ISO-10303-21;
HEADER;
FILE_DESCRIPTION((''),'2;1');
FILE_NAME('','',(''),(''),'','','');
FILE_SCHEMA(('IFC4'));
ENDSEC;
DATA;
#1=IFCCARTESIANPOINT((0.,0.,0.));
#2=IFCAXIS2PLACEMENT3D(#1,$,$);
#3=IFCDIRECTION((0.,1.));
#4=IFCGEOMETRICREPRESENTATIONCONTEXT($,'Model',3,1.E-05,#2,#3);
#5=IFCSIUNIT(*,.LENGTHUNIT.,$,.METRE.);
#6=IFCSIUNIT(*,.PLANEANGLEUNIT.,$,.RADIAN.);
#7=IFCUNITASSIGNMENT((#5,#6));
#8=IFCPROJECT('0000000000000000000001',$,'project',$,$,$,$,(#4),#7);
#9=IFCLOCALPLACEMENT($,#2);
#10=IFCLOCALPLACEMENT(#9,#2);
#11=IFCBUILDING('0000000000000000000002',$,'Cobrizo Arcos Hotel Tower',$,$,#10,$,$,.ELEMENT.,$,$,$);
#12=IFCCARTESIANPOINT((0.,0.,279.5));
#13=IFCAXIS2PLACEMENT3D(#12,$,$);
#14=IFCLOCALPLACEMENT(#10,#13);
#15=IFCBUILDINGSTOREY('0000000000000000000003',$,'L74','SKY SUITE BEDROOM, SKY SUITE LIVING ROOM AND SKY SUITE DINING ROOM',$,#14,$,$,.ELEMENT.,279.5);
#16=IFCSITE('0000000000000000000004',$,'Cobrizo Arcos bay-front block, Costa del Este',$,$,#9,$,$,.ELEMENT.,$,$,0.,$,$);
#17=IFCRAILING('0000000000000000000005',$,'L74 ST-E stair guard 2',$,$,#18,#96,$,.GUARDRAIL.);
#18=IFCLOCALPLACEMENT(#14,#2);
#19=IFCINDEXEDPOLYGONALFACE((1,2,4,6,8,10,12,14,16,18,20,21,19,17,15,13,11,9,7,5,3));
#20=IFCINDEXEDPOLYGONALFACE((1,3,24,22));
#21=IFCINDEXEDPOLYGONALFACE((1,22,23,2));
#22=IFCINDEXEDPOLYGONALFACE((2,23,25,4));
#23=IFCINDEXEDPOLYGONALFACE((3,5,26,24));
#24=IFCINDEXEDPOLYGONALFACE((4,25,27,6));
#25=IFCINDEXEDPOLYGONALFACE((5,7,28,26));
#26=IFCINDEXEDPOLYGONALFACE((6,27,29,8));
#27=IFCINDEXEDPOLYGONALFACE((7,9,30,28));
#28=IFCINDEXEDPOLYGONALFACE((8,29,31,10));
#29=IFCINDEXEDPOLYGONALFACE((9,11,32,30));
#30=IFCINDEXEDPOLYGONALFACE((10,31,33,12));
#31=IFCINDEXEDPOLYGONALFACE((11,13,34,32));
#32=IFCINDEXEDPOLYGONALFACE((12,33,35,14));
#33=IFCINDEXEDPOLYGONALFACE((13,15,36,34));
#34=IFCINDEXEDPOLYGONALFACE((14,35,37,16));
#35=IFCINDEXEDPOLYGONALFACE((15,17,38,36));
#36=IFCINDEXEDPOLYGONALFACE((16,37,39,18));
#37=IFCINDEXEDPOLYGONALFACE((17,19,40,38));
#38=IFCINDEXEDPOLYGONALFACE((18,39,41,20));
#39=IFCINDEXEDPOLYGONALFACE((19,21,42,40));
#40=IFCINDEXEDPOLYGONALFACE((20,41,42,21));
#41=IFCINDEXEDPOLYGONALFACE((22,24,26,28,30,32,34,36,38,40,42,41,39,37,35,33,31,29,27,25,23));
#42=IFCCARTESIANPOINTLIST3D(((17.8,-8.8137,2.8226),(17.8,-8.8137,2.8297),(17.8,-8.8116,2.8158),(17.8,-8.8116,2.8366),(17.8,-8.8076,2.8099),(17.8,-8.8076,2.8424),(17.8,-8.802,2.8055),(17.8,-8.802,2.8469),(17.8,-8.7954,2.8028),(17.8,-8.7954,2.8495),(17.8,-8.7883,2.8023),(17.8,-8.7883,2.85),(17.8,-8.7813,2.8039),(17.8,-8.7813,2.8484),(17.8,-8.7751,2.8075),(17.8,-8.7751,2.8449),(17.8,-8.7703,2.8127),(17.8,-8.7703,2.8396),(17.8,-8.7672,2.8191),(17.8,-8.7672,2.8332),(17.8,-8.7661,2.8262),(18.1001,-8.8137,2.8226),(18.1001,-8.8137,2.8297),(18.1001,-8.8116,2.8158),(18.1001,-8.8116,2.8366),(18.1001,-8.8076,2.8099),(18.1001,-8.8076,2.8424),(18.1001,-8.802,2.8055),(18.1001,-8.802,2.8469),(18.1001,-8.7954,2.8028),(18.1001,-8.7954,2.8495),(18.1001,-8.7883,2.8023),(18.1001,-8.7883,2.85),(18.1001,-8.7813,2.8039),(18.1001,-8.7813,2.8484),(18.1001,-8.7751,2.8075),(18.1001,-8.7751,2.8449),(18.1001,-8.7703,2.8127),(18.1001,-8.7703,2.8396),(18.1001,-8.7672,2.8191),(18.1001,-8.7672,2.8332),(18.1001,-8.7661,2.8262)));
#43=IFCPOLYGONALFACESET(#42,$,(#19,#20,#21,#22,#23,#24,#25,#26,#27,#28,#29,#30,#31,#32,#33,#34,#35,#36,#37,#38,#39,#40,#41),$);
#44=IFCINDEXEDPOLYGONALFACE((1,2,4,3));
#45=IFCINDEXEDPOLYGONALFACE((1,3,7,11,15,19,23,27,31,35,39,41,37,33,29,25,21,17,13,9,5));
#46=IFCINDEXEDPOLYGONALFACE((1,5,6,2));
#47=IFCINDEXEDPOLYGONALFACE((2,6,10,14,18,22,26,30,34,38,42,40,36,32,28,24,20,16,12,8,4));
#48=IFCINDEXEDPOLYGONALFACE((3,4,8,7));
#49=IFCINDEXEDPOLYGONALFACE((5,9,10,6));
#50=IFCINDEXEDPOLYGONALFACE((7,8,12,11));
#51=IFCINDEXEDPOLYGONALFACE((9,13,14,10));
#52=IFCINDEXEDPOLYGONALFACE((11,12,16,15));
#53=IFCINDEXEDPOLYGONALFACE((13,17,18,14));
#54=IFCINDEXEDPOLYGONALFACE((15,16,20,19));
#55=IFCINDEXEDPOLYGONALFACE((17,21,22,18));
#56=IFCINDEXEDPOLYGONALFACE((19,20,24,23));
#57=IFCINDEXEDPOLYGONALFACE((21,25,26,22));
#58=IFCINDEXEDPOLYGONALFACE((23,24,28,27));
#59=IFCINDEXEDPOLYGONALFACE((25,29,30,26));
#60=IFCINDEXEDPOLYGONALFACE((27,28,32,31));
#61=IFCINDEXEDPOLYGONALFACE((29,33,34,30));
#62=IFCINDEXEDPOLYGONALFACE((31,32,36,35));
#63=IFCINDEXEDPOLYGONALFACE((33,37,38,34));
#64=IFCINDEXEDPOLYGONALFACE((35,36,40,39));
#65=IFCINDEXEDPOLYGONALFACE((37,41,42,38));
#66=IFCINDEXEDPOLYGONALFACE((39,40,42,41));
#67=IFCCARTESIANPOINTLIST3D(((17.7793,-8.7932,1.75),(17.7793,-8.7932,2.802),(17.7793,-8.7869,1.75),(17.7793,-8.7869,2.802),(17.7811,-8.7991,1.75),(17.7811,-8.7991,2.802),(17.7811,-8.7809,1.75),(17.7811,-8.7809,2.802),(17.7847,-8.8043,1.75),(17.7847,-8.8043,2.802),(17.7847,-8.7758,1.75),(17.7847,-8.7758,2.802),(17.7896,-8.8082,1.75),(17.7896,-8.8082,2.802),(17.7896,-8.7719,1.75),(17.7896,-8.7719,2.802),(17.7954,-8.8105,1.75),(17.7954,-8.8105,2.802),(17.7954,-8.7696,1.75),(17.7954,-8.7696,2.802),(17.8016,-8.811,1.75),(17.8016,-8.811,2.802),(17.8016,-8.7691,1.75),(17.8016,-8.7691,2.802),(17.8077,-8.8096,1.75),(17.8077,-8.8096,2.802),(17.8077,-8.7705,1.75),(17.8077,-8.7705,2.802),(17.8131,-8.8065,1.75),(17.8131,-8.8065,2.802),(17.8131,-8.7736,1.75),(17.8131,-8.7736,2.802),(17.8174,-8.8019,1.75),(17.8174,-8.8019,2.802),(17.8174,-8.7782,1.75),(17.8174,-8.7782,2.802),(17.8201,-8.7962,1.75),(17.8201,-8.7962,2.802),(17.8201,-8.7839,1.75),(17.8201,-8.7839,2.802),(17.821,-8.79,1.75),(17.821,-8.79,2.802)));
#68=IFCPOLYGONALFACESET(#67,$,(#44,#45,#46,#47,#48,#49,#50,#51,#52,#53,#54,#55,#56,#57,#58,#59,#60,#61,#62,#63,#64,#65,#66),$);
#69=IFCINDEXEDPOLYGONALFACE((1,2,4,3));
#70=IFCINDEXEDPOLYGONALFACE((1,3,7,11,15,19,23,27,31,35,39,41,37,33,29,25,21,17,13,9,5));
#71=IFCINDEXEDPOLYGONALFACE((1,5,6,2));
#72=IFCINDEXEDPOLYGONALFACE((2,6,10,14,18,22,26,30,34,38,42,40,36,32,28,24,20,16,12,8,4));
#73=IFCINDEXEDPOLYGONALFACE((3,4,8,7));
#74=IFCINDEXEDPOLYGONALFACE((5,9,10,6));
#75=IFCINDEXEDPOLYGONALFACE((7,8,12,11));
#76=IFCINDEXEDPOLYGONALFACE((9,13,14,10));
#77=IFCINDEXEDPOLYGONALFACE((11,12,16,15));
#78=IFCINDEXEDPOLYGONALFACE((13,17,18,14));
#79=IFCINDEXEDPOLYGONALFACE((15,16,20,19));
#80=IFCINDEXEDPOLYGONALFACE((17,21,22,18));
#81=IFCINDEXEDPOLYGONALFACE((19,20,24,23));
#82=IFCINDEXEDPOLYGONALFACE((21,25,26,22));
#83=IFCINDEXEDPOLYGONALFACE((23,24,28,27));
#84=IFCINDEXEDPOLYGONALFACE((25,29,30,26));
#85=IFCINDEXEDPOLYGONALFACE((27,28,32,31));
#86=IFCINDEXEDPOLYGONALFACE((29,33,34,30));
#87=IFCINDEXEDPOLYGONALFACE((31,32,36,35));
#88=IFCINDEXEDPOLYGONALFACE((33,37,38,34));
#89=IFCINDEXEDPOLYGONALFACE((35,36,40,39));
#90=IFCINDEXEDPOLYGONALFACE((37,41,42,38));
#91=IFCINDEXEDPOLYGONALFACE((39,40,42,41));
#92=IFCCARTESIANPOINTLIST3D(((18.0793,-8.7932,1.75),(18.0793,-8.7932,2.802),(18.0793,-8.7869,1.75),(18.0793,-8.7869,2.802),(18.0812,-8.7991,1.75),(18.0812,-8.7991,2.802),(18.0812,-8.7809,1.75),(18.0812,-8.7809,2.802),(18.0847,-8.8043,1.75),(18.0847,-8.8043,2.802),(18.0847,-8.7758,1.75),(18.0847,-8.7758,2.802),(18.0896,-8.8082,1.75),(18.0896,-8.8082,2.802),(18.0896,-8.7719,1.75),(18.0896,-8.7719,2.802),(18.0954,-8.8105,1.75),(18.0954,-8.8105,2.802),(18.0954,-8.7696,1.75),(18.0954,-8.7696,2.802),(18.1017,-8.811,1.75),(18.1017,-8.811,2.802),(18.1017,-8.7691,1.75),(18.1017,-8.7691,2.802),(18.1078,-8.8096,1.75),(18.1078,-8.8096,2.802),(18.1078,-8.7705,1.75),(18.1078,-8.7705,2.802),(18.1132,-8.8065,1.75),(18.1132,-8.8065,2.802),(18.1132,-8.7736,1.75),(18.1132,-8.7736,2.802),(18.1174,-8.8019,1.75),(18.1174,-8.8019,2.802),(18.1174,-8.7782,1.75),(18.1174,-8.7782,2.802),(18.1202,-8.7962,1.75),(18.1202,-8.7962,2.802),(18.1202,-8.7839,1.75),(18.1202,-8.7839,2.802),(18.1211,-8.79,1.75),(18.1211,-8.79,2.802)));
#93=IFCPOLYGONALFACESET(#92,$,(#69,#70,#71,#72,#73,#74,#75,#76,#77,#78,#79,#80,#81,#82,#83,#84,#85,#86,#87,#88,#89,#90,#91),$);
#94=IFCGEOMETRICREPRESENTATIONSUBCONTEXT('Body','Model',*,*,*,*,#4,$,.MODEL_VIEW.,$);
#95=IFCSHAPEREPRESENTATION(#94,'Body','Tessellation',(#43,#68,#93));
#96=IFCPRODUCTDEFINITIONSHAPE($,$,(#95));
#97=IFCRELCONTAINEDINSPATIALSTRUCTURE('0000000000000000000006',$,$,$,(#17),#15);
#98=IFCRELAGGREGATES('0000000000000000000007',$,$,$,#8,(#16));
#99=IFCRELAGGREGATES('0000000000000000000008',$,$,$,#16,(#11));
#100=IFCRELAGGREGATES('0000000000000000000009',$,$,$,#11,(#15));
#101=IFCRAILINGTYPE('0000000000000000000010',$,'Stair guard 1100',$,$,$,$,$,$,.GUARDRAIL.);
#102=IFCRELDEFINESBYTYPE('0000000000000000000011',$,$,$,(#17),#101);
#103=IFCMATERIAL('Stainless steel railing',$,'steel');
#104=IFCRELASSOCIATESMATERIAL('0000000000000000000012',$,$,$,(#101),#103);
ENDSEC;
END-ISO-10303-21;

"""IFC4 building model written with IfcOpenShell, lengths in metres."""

from ifc_helpers import new_model, si_unit, direction, frame, origin, origin_2d, place, context, subcontext, project, spatial, circle, extrude, material, type_object, element, save


model = new_model("IFC4")

# Units and contexts
model_context = context("Model", 3, precision=1e-05, world=origin(), true_north=direction((0.0, 1.0)))
body_context = subcontext(model_context, "Body", "Model", "MODEL_VIEW")
ifc_project = project(units=[si_unit("LENGTHUNIT", "METRE"), si_unit("PLANEANGLEUNIT", "RADIAN")], contexts=[model_context])

# Site, building, storey
site_placement = place(None, origin())
site = spatial("IfcSite", under=ifc_project, at=site_placement, Name="Cobrizo Arcos bay-front block, Costa del Este", CompositionType="ELEMENT", RefElevation=0.0)
building_placement = place(site_placement, origin())
building = spatial("IfcBuilding", under=site, at=building_placement, Name="Cobrizo Arcos Hotel Tower", CompositionType="ELEMENT")
storey_placement = place(building_placement, frame((0.0, 0.0, 279.5)))
storey = spatial("IfcBuildingStorey", under=building, at=storey_placement, Name="L74", Description="SKY SUITE BEDROOM, SKY SUITE LIVING ROOM AND SKY SUITE DINING ROOM", CompositionType="ELEMENT", Elevation=279.5)

# Railing
ifc_material_1 = material(Name="Stainless steel railing", Category="steel")
railing_type_1 = type_object("IfcRailingType", Name="Stair guard 1100", PredefinedType="GUARDRAIL", material=ifc_material_1)
railing_1_placement = place(storey_placement, frame((17.8, -8.79, 1.75)))
element("IfcRailing", 1, at=railing_1_placement, inside=storey, type_object=railing_type_1, Name="L74 ST-E stair guard 2", PredefinedType="GUARDRAIL", context=body_context, shape_type="SweptSolid", body=[
    extrude(circle(Radius=0.0239, at=origin_2d()), frame((0.0, 0.0, 1.0762), z_axis=(1.0, 0.0, 0.0), x_axis=(0.0, 1.0, 0.0)), (0.0, 0.0, 1.0), 0.3),
    extrude(circle(Radius=0.021, at=origin_2d()), origin(), (0.0, 0.0, 1.0), 1.052),
    extrude(circle(Radius=0.021, at=origin_2d()), frame((0.3, 0.0, 0.0)), (0.0, 0.0, 1.0), 1.052),
])

save(model, "model.ifc")
